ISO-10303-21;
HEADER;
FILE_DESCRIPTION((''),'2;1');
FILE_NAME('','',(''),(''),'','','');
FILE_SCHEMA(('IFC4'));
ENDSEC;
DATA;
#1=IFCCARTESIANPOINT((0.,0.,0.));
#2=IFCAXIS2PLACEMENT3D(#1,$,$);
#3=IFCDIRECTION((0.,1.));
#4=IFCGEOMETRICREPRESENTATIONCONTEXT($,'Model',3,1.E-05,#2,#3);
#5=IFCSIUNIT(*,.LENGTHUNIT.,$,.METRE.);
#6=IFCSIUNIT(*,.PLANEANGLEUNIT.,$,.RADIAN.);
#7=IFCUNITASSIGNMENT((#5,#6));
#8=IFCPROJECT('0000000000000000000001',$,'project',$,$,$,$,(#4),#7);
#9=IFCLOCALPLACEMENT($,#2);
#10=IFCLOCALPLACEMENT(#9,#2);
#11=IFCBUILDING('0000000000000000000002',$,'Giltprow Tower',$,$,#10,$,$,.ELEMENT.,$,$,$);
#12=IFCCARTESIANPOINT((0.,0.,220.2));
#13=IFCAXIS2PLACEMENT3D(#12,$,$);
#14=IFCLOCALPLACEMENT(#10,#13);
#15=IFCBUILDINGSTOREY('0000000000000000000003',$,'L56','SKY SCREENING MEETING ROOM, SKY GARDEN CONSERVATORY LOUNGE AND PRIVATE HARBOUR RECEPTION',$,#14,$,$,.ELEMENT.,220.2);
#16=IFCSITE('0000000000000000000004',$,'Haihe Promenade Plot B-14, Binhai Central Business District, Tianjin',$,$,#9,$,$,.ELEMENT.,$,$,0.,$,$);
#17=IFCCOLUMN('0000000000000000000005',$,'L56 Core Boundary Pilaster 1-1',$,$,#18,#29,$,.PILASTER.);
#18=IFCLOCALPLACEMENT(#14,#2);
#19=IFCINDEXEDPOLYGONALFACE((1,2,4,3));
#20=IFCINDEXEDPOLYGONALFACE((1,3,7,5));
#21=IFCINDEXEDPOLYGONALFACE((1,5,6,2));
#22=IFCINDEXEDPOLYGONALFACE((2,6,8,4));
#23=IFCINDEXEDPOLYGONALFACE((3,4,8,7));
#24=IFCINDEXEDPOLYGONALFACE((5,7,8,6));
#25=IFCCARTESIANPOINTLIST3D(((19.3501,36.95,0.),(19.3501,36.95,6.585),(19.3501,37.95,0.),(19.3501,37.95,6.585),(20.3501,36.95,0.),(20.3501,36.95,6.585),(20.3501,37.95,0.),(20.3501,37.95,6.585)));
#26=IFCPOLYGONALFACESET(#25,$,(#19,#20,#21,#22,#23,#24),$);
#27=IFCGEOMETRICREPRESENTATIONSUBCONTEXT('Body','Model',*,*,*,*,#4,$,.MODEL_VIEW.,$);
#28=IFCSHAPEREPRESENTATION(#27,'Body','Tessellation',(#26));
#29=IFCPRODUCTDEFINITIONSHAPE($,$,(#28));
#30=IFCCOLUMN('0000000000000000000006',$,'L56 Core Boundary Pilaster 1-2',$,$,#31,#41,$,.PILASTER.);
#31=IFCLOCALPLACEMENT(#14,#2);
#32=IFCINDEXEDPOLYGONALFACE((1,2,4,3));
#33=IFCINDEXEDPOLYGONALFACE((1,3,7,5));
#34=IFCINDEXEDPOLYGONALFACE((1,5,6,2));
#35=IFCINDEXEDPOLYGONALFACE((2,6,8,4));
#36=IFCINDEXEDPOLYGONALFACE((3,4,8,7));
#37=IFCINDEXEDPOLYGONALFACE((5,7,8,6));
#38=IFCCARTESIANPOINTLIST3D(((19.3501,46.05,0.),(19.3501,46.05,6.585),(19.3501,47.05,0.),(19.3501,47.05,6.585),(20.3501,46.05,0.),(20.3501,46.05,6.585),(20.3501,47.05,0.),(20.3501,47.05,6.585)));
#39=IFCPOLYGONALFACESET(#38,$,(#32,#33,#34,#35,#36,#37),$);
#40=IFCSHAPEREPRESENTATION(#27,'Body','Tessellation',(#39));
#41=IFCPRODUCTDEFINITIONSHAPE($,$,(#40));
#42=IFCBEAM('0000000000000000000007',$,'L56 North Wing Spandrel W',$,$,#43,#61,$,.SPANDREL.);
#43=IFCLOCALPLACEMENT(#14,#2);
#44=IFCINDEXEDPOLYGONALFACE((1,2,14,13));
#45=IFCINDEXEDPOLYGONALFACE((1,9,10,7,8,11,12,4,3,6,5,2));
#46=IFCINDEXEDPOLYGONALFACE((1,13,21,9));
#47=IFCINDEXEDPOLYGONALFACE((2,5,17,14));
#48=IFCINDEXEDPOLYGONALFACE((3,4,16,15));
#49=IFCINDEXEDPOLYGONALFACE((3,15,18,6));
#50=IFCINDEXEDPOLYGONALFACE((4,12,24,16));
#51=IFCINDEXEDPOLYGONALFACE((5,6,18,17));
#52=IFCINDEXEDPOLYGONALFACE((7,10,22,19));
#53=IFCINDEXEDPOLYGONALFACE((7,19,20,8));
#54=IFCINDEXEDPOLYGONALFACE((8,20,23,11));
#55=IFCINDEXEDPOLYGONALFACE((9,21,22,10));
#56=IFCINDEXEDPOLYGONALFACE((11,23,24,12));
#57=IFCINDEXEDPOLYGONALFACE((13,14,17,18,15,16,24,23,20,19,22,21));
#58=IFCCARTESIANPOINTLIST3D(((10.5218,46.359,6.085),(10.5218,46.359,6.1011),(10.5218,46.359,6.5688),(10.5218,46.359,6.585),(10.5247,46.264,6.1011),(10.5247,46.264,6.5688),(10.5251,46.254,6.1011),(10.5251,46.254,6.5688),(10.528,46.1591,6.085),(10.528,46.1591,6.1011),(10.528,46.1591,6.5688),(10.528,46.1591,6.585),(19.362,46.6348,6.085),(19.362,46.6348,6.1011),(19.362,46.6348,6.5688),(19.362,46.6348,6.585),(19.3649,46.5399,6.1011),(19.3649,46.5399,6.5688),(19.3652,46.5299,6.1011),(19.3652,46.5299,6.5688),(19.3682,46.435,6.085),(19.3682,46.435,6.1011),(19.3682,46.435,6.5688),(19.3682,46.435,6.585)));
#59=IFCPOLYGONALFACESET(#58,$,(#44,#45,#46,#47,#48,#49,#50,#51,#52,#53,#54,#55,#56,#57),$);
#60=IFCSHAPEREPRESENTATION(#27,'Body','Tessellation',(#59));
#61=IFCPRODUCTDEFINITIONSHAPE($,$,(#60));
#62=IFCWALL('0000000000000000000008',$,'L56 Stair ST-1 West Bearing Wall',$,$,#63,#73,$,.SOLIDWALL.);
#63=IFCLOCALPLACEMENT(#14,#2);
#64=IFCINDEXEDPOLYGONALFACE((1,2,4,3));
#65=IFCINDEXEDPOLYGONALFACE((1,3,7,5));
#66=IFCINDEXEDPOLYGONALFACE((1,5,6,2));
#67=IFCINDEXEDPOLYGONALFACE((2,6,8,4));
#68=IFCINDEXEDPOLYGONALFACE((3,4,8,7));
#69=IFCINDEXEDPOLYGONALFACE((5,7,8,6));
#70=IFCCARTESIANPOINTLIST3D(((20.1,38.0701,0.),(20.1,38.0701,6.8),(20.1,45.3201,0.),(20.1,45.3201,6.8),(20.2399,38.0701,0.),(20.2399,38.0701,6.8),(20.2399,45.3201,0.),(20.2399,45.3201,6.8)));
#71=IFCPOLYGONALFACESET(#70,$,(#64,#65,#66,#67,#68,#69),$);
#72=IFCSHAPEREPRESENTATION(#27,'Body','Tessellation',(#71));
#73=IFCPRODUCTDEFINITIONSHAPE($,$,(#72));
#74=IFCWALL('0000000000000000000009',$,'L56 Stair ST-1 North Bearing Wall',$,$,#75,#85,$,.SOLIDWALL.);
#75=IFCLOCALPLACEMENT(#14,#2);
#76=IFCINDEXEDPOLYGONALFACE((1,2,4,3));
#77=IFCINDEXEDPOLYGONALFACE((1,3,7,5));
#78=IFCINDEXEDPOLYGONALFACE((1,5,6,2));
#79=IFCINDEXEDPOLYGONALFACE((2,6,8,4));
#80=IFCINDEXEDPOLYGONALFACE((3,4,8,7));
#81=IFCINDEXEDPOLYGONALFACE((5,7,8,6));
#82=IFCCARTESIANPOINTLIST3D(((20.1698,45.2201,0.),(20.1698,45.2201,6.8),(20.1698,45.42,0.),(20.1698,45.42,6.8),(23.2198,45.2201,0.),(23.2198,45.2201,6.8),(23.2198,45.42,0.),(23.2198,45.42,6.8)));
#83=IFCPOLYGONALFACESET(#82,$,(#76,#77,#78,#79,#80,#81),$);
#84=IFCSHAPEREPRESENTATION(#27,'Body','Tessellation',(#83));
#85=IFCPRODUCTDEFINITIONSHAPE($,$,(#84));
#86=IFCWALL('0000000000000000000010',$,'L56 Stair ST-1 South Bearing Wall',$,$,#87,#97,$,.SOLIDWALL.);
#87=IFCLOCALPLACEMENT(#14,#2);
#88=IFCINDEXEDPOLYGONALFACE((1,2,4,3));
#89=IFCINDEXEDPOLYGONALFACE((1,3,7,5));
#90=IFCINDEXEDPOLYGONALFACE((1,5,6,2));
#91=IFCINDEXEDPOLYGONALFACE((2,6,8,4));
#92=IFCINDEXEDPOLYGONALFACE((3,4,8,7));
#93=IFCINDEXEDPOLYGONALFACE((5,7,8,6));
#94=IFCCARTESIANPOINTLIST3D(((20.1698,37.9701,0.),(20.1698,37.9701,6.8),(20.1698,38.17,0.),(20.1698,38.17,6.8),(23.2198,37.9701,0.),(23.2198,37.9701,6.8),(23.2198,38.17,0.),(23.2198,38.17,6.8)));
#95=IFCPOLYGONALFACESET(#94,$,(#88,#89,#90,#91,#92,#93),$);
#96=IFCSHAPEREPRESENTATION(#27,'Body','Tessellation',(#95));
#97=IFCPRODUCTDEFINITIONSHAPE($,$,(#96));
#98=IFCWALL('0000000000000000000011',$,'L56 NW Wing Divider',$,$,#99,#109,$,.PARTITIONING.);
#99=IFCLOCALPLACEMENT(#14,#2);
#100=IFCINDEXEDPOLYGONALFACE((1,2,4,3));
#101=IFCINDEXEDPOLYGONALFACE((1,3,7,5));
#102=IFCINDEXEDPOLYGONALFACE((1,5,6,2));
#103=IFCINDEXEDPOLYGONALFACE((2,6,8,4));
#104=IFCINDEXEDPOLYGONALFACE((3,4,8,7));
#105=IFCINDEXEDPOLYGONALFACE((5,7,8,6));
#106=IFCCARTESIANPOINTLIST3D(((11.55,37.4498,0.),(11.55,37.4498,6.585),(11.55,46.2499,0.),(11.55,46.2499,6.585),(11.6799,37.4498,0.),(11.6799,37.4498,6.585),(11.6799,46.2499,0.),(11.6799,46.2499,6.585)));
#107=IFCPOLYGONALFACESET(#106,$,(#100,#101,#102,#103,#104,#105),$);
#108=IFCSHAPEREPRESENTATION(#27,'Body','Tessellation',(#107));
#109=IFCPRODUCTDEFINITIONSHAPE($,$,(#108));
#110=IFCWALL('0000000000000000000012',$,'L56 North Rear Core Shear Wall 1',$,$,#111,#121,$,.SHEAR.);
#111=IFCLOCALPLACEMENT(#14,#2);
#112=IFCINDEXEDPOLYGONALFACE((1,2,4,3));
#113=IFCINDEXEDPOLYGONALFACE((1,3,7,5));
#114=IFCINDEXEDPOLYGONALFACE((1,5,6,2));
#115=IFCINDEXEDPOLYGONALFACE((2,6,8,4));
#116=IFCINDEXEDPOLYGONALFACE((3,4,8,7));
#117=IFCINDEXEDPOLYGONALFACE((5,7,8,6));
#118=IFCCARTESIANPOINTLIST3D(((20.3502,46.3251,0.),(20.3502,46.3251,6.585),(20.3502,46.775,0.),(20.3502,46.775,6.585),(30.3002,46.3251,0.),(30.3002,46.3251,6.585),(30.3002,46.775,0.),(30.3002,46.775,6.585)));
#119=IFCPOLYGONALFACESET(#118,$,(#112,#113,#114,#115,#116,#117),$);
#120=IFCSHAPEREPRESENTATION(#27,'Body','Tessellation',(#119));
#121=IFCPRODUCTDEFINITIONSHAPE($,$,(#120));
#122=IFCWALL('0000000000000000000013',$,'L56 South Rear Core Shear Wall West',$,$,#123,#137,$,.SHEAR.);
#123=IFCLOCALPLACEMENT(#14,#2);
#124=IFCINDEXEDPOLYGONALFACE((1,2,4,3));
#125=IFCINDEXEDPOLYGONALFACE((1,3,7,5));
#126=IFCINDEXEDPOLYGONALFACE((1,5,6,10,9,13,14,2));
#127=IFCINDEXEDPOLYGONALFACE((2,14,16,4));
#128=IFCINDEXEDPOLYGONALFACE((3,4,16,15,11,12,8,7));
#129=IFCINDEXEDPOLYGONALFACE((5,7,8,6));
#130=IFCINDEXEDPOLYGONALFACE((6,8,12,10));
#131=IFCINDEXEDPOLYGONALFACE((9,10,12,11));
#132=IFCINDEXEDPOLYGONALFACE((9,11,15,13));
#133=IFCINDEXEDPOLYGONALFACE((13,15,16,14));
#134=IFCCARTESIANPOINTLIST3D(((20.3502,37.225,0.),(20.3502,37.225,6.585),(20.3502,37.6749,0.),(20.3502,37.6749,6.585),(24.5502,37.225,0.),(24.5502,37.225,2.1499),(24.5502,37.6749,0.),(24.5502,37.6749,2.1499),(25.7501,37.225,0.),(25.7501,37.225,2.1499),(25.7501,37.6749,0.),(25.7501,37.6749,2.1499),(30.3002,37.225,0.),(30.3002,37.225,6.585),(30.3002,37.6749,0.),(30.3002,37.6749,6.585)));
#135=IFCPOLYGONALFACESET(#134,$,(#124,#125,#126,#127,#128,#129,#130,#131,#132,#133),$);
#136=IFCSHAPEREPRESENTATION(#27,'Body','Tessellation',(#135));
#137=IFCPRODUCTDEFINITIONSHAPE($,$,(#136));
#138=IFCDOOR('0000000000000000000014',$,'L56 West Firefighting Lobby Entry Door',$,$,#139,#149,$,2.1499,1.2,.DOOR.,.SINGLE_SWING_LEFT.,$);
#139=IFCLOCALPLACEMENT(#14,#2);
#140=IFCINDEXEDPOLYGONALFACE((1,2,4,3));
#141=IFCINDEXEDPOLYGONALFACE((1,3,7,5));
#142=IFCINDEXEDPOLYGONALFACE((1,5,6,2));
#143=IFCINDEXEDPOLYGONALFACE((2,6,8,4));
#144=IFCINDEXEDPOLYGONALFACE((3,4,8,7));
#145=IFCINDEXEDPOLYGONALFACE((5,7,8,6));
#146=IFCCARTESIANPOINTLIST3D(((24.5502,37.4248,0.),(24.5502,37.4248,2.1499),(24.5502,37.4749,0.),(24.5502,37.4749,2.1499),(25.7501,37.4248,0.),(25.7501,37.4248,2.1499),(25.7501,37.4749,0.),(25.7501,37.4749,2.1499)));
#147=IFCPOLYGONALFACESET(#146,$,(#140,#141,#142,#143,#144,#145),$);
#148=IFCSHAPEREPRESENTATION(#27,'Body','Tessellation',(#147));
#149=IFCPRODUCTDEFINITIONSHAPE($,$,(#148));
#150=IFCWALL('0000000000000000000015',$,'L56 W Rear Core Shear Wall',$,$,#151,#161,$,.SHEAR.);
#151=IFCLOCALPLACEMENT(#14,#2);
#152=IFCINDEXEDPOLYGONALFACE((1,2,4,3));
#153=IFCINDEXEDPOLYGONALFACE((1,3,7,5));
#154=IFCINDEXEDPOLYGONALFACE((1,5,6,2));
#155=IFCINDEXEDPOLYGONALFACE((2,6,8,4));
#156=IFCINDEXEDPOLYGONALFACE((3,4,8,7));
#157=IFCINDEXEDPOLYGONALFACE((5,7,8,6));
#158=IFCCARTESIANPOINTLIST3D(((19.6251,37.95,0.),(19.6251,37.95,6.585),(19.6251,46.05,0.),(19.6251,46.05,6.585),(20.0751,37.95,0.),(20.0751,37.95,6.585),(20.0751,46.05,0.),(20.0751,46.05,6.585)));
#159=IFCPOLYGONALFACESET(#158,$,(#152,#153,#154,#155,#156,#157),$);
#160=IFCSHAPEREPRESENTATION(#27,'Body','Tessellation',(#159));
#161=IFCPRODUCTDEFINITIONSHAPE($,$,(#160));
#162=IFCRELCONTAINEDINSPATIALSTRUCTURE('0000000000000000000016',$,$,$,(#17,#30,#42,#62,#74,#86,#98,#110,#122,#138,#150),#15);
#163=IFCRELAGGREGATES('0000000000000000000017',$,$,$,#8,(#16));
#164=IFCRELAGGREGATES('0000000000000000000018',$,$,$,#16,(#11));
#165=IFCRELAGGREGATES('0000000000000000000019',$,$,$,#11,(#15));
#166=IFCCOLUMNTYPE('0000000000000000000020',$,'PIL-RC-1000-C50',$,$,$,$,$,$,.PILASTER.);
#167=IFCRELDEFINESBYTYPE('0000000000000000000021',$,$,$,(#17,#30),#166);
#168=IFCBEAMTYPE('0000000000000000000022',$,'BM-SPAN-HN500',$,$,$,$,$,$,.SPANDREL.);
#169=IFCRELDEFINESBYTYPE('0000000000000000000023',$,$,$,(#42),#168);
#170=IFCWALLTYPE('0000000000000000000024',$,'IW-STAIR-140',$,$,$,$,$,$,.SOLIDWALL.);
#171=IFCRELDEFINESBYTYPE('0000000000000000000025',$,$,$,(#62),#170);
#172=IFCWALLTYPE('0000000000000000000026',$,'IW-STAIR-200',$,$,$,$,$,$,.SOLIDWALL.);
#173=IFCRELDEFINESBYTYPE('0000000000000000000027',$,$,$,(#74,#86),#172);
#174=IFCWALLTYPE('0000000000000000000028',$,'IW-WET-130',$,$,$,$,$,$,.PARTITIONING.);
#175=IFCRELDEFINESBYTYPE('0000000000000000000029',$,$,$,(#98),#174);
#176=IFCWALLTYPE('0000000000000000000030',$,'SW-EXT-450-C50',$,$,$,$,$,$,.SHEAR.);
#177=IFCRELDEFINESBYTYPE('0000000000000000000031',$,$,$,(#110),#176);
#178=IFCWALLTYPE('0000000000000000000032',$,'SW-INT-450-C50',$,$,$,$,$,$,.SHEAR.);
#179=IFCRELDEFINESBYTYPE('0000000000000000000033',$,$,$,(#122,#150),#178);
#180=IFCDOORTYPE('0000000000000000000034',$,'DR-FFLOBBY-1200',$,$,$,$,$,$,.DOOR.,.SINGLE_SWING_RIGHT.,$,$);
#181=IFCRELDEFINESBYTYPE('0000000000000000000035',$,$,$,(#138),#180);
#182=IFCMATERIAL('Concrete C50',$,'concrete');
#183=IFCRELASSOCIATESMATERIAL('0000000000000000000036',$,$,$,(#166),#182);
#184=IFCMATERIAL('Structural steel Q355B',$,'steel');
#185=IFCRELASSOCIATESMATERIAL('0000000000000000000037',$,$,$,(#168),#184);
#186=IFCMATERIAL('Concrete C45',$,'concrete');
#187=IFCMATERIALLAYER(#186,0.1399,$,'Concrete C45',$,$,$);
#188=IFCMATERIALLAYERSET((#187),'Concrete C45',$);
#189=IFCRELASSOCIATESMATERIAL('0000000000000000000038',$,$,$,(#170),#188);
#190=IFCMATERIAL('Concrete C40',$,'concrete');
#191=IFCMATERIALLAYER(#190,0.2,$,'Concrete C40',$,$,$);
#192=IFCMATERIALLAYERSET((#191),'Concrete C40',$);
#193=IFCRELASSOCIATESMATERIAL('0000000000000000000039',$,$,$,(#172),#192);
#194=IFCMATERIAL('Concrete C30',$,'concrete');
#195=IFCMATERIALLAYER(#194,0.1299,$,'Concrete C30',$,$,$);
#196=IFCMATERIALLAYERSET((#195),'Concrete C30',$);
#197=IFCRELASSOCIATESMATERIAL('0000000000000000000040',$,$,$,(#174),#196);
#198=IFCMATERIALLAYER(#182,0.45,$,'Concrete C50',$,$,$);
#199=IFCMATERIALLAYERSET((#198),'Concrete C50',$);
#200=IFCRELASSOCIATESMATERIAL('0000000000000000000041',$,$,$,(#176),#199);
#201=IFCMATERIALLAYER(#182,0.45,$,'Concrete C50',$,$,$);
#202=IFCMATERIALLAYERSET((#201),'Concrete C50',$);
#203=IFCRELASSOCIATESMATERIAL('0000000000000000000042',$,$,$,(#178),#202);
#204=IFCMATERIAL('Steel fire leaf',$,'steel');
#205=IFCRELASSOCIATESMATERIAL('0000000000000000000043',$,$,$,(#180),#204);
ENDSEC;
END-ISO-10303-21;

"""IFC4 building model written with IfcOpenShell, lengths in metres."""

from ifc_helpers import new_model, si_unit, direction, frame, frame_2d, origin, origin_2d, place, context, subcontext, project, spatial, rectangle, i_section, extrude, source, transform, mapped, material, layer, layer_set, material_profile, profile_set, type_object, element, fill, save


model = new_model("IFC4")

# Units and contexts
model_context = context("Model", 3, precision=1e-05, world=origin(), true_north=direction((0.0, 1.0)))
body_context = subcontext(model_context, "Body", "Model", "MODEL_VIEW")
ifc_project = project(units=[si_unit("LENGTHUNIT", "METRE"), si_unit("PLANEANGLEUNIT", "RADIAN")], contexts=[model_context])

# Site, building, storey
site_placement = place(None, origin())
site = spatial("IfcSite", under=ifc_project, at=site_placement, Name="Haihe Promenade Plot B-14, Binhai Central Business District, Tianjin", CompositionType="ELEMENT", RefElevation=0.0)
building_placement = place(site_placement, origin())
building = spatial("IfcBuilding", under=site, at=building_placement, Name="Giltprow Tower", CompositionType="ELEMENT")
storey_placement = place(building_placement, frame((0.0, 0.0, 220.2)))
storey = spatial("IfcBuildingStorey", under=building, at=storey_placement, Name="L56", Description="SKY SCREENING MEETING ROOM, SKY GARDEN CONSERVATORY LOUNGE AND PRIVATE HARBOUR RECEPTION", CompositionType="ELEMENT", Elevation=220.2)

# Columns
ifc_material_1 = material(Name="Concrete C50", Category="concrete")
ifc_material_profile_1 = material_profile(ifc_material_1, rectangle(XDim=1.0, YDim=1.0, at=origin_2d()), Name="RC 1000x1000")
ifc_profile_set_1 = profile_set([ifc_material_profile_1], Name="Concrete C50")
column_type = type_object("IfcColumnType", Name="PIL-RC-1000-C50", PredefinedType="PILASTER", material=ifc_profile_set_1)
shared_shape_1 = source(origin(), body_context, "Body", "SweptSolid", [
    extrude(rectangle(XDim=1.0, YDim=1.0, at=origin_2d()), origin(), (0.0, 0.0, 1.0), 6.585),
])
for number, where, z_axis, x_axis, name in (
    (1, (19.8501, 37.45, 0.0), (0.0, 0.0, 1.0), (1.0, 0.0, 0.0), "L56 Core Boundary Pilaster 1-1"),
    (2, (19.8501, 46.55, 0.0), (0.0, 0.0, 1.0), (1.0, 0.0, 0.0), "L56 Core Boundary Pilaster 1-2"),
):
    element("IfcColumn", number, at=place(storey_placement, frame(where, z_axis=z_axis, x_axis=x_axis)), inside=storey, type_object=column_type, Name=name, PredefinedType="PILASTER", context=body_context, shape_type="MappedRepresentation", body=[
        mapped(shared_shape_1, transform((0.0, 0.0, 0.0), x_axis=(1.0, 0.0, 0.0), y_axis=(0.0, 1.0, 0.0), z_axis=(0.0, 0.0, 1.0), scale=1.0)),
    ])

# Beam
ifc_material_2 = material(Name="Structural steel Q355B", Category="steel")
ifc_material_profile_2 = material_profile(ifc_material_2, i_section(OverallWidth=0.2, OverallDepth=0.5, WebThickness=0.01, FlangeThickness=0.0161, at=origin_2d()), Name="HN 500x200x10x16")
ifc_profile_set_2 = profile_set([ifc_material_profile_2], Name="Structural steel Q355B")
beam_type = type_object("IfcBeamType", Name="BM-SPAN-HN500", PredefinedType="SPANDREL", material=ifc_profile_set_2)
shared_shape_2 = source(origin(), body_context, "Body", "SweptSolid", [
    extrude(i_section(OverallWidth=0.2, OverallDepth=0.5, WebThickness=0.01, FlangeThickness=0.0161, at=origin_2d()), origin(), (0.0, 0.0, 1.0), 8.8445),
])
beam_placement = place(storey_placement, frame((10.5249, 46.259, 6.335), z_axis=(0.999513, 0.031193, 0.0), x_axis=(-0.031193, 0.999513, 0.0)))
element("IfcBeam", 3, at=beam_placement, inside=storey, type_object=beam_type, Name="L56 North Wing Spandrel W", PredefinedType="SPANDREL", context=body_context, shape_type="MappedRepresentation", body=[
    mapped(shared_shape_2, transform((0.0, 0.0, 0.0), x_axis=(1.0, 0.0, 0.0), y_axis=(0.0, 1.0, 0.0), z_axis=(0.0, 0.0, 1.0), scale=1.0)),
])

# Walls
ifc_material_3 = material(Name="Concrete C45", Category="concrete")
ifc_layer_1 = layer(ifc_material_3, 0.1399, Name="Concrete C45")
ifc_layer_set_1 = layer_set([ifc_layer_1], Name="Concrete C45")
wall_type_1 = type_object("IfcWallType", Name="IW-STAIR-140", PredefinedType="SOLIDWALL", material=ifc_layer_set_1)
wall_1_placement = place(storey_placement, frame((20.1699, 38.0701, 0.0), z_axis=(0.0, 0.0, 1.0), x_axis=(0.0, 1.0, 0.0)))
element("IfcWall", 4, at=wall_1_placement, inside=storey, type_object=wall_type_1, Name="L56 Stair ST-1 West Bearing Wall", PredefinedType="SOLIDWALL", context=body_context, shape_type="SweptSolid", body=[
    extrude(rectangle(XDim=7.25, YDim=0.1399, at=frame_2d((3.625, 0.0))), origin(), (0.0, 0.0, 1.0), 6.8),
])
ifc_material_4 = material(Name="Concrete C40", Category="concrete")
ifc_layer_2 = layer(ifc_material_4, 0.2, Name="Concrete C40")
ifc_layer_set_2 = layer_set([ifc_layer_2], Name="Concrete C40")
wall_type_2 = type_object("IfcWallType", Name="IW-STAIR-200", PredefinedType="SOLIDWALL", material=ifc_layer_set_2)
for number, where, z_axis, x_axis, name in (
    (5, (20.1699, 45.3201, 0.0), (0.0, 0.0, 1.0), (1.0, 0.0, 0.0), "L56 Stair ST-1 North Bearing Wall"),
    (6, (20.1699, 38.0701, 0.0), (0.0, 0.0, 1.0), (1.0, 0.0, 0.0), "L56 Stair ST-1 South Bearing Wall"),
):
    element("IfcWall", number, at=place(storey_placement, frame(where, z_axis=z_axis, x_axis=x_axis)), inside=storey, type_object=wall_type_2, Name=name, PredefinedType="SOLIDWALL", context=body_context, shape_type="SweptSolid", body=[
        extrude(rectangle(XDim=3.05, YDim=0.2, at=frame_2d((1.5249, 0.0))), origin(), (0.0, 0.0, 1.0), 6.8),
    ])
ifc_material_5 = material(Name="Concrete C30", Category="concrete")
ifc_layer_3 = layer(ifc_material_5, 0.1299, Name="Concrete C30")
ifc_layer_set_3 = layer_set([ifc_layer_3], Name="Concrete C30")
wall_type_3 = type_object("IfcWallType", Name="IW-WET-130", PredefinedType="PARTITIONING", material=ifc_layer_set_3)
wall_2_placement = place(storey_placement, frame((11.615, 37.45, 0.0), z_axis=(0.0, 0.0, 1.0), x_axis=(0.0, 1.0, 0.0)))
element("IfcWall", 7, at=wall_2_placement, inside=storey, type_object=wall_type_3, Name="L56 NW Wing Divider", PredefinedType="PARTITIONING", context=body_context, shape_type="SweptSolid", body=[
    extrude(rectangle(XDim=8.8, YDim=0.1299, at=frame_2d((4.3999, 0.0))), origin(), (0.0, 0.0, 1.0), 6.585),
])
ifc_layer_4 = layer(ifc_material_1, 0.45, Name="Concrete C50")
ifc_layer_set_4 = layer_set([ifc_layer_4], Name="Concrete C50")
wall_type_4 = type_object("IfcWallType", Name="SW-EXT-450-C50", PredefinedType="SHEAR", material=ifc_layer_set_4)
wall_3_placement = place(storey_placement, frame((20.3501, 46.55, 0.0), z_axis=(0.0, 0.0, 1.0), x_axis=(1.0, 0.0, 0.0)))
element("IfcWall", 8, at=wall_3_placement, inside=storey, type_object=wall_type_4, Name="L56 North Rear Core Shear Wall 1", PredefinedType="SHEAR", context=body_context, shape_type="SweptSolid", body=[
    extrude(rectangle(XDim=9.95, YDim=0.45, at=frame_2d((4.9751, 0.0))), origin(), (0.0, 0.0, 1.0), 6.585),
])

# Wall, opening, door
ifc_layer_5 = layer(ifc_material_1, 0.45, Name="Concrete C50")
ifc_layer_set_5 = layer_set([ifc_layer_5], Name="Concrete C50")
wall_type_5 = type_object("IfcWallType", Name="SW-INT-450-C50", PredefinedType="SHEAR", material=ifc_layer_set_5)
wall_4_placement = place(storey_placement, frame((20.3501, 37.45, 0.0), z_axis=(0.0, 0.0, 1.0), x_axis=(1.0, 0.0, 0.0)))
wall_4 = element("IfcWall", 9, at=wall_4_placement, inside=storey, type_object=wall_type_5, Name="L56 South Rear Core Shear Wall West", PredefinedType="SHEAR", context=body_context, shape_type="SweptSolid", body=[
    extrude(rectangle(XDim=9.95, YDim=0.45, at=frame_2d((4.9751, 0.0))), origin(), (0.0, 0.0, 1.0), 6.585),
])
opening_placement = place(wall_4_placement, frame((4.2, 0.0, 0.0)))
opening = element("IfcOpeningElement", 10, at=opening_placement, cuts=wall_4, PredefinedType="OPENING", context=body_context, shape_type="SweptSolid", body=[
    extrude(rectangle(XDim=1.2, YDim=2.1499, at=frame_2d((0.6001, 1.075))), frame((0.0, 0.2349, 0.0), z_axis=(0.0, -1.0, 0.0), x_axis=(1.0, 0.0, 0.0)), (0.0, 0.0, 1.0), 0.47),
])
ifc_material_6 = material(Name="Steel fire leaf", Category="steel")
door_type = type_object("IfcDoorType", Name="DR-FFLOBBY-1200", OperationType="SINGLE_SWING_RIGHT", PredefinedType="DOOR", material=ifc_material_6)
shared_shape_3 = source(origin(), body_context, "Body", "SweptSolid", [
    extrude(rectangle(XDim=1.2, YDim=2.1499, at=frame_2d((0.6001, 1.075))), frame((0.0, 0.0249, 0.0), z_axis=(0.0, -1.0, 0.0), x_axis=(1.0, 0.0, 0.0)), (0.0, 0.0, 1.0), 0.05),
])
door_placement = place(opening_placement, origin())
door = element("IfcDoor", 11, at=door_placement, inside=storey, type_object=door_type, Name="L56 West Firefighting Lobby Entry Door", OperationType="SINGLE_SWING_LEFT", OverallHeight=2.1499, OverallWidth=1.2, PredefinedType="DOOR", context=body_context, shape_type="MappedRepresentation", body=[
    mapped(shared_shape_3, transform((0.0, 0.0, 0.0), x_axis=(1.0, 0.0, 0.0), y_axis=(0.0, 1.0, 0.0), z_axis=(0.0, 0.0, 1.0), scale=1.0)),
])
fill(opening, door)

# Wall
wall_5_placement = place(storey_placement, frame((19.8501, 37.95, 0.0), z_axis=(0.0, 0.0, 1.0), x_axis=(0.0, 1.0, 0.0)))
element("IfcWall", 12, at=wall_5_placement, inside=storey, type_object=wall_type_5, Name="L56 W Rear Core Shear Wall", PredefinedType="SHEAR", context=body_context, shape_type="SweptSolid", body=[
    extrude(rectangle(XDim=8.1001, YDim=0.45, at=frame_2d((4.05, 0.0))), origin(), (0.0, 0.0, 1.0), 6.585),
])

save(model, "model.ifc")
